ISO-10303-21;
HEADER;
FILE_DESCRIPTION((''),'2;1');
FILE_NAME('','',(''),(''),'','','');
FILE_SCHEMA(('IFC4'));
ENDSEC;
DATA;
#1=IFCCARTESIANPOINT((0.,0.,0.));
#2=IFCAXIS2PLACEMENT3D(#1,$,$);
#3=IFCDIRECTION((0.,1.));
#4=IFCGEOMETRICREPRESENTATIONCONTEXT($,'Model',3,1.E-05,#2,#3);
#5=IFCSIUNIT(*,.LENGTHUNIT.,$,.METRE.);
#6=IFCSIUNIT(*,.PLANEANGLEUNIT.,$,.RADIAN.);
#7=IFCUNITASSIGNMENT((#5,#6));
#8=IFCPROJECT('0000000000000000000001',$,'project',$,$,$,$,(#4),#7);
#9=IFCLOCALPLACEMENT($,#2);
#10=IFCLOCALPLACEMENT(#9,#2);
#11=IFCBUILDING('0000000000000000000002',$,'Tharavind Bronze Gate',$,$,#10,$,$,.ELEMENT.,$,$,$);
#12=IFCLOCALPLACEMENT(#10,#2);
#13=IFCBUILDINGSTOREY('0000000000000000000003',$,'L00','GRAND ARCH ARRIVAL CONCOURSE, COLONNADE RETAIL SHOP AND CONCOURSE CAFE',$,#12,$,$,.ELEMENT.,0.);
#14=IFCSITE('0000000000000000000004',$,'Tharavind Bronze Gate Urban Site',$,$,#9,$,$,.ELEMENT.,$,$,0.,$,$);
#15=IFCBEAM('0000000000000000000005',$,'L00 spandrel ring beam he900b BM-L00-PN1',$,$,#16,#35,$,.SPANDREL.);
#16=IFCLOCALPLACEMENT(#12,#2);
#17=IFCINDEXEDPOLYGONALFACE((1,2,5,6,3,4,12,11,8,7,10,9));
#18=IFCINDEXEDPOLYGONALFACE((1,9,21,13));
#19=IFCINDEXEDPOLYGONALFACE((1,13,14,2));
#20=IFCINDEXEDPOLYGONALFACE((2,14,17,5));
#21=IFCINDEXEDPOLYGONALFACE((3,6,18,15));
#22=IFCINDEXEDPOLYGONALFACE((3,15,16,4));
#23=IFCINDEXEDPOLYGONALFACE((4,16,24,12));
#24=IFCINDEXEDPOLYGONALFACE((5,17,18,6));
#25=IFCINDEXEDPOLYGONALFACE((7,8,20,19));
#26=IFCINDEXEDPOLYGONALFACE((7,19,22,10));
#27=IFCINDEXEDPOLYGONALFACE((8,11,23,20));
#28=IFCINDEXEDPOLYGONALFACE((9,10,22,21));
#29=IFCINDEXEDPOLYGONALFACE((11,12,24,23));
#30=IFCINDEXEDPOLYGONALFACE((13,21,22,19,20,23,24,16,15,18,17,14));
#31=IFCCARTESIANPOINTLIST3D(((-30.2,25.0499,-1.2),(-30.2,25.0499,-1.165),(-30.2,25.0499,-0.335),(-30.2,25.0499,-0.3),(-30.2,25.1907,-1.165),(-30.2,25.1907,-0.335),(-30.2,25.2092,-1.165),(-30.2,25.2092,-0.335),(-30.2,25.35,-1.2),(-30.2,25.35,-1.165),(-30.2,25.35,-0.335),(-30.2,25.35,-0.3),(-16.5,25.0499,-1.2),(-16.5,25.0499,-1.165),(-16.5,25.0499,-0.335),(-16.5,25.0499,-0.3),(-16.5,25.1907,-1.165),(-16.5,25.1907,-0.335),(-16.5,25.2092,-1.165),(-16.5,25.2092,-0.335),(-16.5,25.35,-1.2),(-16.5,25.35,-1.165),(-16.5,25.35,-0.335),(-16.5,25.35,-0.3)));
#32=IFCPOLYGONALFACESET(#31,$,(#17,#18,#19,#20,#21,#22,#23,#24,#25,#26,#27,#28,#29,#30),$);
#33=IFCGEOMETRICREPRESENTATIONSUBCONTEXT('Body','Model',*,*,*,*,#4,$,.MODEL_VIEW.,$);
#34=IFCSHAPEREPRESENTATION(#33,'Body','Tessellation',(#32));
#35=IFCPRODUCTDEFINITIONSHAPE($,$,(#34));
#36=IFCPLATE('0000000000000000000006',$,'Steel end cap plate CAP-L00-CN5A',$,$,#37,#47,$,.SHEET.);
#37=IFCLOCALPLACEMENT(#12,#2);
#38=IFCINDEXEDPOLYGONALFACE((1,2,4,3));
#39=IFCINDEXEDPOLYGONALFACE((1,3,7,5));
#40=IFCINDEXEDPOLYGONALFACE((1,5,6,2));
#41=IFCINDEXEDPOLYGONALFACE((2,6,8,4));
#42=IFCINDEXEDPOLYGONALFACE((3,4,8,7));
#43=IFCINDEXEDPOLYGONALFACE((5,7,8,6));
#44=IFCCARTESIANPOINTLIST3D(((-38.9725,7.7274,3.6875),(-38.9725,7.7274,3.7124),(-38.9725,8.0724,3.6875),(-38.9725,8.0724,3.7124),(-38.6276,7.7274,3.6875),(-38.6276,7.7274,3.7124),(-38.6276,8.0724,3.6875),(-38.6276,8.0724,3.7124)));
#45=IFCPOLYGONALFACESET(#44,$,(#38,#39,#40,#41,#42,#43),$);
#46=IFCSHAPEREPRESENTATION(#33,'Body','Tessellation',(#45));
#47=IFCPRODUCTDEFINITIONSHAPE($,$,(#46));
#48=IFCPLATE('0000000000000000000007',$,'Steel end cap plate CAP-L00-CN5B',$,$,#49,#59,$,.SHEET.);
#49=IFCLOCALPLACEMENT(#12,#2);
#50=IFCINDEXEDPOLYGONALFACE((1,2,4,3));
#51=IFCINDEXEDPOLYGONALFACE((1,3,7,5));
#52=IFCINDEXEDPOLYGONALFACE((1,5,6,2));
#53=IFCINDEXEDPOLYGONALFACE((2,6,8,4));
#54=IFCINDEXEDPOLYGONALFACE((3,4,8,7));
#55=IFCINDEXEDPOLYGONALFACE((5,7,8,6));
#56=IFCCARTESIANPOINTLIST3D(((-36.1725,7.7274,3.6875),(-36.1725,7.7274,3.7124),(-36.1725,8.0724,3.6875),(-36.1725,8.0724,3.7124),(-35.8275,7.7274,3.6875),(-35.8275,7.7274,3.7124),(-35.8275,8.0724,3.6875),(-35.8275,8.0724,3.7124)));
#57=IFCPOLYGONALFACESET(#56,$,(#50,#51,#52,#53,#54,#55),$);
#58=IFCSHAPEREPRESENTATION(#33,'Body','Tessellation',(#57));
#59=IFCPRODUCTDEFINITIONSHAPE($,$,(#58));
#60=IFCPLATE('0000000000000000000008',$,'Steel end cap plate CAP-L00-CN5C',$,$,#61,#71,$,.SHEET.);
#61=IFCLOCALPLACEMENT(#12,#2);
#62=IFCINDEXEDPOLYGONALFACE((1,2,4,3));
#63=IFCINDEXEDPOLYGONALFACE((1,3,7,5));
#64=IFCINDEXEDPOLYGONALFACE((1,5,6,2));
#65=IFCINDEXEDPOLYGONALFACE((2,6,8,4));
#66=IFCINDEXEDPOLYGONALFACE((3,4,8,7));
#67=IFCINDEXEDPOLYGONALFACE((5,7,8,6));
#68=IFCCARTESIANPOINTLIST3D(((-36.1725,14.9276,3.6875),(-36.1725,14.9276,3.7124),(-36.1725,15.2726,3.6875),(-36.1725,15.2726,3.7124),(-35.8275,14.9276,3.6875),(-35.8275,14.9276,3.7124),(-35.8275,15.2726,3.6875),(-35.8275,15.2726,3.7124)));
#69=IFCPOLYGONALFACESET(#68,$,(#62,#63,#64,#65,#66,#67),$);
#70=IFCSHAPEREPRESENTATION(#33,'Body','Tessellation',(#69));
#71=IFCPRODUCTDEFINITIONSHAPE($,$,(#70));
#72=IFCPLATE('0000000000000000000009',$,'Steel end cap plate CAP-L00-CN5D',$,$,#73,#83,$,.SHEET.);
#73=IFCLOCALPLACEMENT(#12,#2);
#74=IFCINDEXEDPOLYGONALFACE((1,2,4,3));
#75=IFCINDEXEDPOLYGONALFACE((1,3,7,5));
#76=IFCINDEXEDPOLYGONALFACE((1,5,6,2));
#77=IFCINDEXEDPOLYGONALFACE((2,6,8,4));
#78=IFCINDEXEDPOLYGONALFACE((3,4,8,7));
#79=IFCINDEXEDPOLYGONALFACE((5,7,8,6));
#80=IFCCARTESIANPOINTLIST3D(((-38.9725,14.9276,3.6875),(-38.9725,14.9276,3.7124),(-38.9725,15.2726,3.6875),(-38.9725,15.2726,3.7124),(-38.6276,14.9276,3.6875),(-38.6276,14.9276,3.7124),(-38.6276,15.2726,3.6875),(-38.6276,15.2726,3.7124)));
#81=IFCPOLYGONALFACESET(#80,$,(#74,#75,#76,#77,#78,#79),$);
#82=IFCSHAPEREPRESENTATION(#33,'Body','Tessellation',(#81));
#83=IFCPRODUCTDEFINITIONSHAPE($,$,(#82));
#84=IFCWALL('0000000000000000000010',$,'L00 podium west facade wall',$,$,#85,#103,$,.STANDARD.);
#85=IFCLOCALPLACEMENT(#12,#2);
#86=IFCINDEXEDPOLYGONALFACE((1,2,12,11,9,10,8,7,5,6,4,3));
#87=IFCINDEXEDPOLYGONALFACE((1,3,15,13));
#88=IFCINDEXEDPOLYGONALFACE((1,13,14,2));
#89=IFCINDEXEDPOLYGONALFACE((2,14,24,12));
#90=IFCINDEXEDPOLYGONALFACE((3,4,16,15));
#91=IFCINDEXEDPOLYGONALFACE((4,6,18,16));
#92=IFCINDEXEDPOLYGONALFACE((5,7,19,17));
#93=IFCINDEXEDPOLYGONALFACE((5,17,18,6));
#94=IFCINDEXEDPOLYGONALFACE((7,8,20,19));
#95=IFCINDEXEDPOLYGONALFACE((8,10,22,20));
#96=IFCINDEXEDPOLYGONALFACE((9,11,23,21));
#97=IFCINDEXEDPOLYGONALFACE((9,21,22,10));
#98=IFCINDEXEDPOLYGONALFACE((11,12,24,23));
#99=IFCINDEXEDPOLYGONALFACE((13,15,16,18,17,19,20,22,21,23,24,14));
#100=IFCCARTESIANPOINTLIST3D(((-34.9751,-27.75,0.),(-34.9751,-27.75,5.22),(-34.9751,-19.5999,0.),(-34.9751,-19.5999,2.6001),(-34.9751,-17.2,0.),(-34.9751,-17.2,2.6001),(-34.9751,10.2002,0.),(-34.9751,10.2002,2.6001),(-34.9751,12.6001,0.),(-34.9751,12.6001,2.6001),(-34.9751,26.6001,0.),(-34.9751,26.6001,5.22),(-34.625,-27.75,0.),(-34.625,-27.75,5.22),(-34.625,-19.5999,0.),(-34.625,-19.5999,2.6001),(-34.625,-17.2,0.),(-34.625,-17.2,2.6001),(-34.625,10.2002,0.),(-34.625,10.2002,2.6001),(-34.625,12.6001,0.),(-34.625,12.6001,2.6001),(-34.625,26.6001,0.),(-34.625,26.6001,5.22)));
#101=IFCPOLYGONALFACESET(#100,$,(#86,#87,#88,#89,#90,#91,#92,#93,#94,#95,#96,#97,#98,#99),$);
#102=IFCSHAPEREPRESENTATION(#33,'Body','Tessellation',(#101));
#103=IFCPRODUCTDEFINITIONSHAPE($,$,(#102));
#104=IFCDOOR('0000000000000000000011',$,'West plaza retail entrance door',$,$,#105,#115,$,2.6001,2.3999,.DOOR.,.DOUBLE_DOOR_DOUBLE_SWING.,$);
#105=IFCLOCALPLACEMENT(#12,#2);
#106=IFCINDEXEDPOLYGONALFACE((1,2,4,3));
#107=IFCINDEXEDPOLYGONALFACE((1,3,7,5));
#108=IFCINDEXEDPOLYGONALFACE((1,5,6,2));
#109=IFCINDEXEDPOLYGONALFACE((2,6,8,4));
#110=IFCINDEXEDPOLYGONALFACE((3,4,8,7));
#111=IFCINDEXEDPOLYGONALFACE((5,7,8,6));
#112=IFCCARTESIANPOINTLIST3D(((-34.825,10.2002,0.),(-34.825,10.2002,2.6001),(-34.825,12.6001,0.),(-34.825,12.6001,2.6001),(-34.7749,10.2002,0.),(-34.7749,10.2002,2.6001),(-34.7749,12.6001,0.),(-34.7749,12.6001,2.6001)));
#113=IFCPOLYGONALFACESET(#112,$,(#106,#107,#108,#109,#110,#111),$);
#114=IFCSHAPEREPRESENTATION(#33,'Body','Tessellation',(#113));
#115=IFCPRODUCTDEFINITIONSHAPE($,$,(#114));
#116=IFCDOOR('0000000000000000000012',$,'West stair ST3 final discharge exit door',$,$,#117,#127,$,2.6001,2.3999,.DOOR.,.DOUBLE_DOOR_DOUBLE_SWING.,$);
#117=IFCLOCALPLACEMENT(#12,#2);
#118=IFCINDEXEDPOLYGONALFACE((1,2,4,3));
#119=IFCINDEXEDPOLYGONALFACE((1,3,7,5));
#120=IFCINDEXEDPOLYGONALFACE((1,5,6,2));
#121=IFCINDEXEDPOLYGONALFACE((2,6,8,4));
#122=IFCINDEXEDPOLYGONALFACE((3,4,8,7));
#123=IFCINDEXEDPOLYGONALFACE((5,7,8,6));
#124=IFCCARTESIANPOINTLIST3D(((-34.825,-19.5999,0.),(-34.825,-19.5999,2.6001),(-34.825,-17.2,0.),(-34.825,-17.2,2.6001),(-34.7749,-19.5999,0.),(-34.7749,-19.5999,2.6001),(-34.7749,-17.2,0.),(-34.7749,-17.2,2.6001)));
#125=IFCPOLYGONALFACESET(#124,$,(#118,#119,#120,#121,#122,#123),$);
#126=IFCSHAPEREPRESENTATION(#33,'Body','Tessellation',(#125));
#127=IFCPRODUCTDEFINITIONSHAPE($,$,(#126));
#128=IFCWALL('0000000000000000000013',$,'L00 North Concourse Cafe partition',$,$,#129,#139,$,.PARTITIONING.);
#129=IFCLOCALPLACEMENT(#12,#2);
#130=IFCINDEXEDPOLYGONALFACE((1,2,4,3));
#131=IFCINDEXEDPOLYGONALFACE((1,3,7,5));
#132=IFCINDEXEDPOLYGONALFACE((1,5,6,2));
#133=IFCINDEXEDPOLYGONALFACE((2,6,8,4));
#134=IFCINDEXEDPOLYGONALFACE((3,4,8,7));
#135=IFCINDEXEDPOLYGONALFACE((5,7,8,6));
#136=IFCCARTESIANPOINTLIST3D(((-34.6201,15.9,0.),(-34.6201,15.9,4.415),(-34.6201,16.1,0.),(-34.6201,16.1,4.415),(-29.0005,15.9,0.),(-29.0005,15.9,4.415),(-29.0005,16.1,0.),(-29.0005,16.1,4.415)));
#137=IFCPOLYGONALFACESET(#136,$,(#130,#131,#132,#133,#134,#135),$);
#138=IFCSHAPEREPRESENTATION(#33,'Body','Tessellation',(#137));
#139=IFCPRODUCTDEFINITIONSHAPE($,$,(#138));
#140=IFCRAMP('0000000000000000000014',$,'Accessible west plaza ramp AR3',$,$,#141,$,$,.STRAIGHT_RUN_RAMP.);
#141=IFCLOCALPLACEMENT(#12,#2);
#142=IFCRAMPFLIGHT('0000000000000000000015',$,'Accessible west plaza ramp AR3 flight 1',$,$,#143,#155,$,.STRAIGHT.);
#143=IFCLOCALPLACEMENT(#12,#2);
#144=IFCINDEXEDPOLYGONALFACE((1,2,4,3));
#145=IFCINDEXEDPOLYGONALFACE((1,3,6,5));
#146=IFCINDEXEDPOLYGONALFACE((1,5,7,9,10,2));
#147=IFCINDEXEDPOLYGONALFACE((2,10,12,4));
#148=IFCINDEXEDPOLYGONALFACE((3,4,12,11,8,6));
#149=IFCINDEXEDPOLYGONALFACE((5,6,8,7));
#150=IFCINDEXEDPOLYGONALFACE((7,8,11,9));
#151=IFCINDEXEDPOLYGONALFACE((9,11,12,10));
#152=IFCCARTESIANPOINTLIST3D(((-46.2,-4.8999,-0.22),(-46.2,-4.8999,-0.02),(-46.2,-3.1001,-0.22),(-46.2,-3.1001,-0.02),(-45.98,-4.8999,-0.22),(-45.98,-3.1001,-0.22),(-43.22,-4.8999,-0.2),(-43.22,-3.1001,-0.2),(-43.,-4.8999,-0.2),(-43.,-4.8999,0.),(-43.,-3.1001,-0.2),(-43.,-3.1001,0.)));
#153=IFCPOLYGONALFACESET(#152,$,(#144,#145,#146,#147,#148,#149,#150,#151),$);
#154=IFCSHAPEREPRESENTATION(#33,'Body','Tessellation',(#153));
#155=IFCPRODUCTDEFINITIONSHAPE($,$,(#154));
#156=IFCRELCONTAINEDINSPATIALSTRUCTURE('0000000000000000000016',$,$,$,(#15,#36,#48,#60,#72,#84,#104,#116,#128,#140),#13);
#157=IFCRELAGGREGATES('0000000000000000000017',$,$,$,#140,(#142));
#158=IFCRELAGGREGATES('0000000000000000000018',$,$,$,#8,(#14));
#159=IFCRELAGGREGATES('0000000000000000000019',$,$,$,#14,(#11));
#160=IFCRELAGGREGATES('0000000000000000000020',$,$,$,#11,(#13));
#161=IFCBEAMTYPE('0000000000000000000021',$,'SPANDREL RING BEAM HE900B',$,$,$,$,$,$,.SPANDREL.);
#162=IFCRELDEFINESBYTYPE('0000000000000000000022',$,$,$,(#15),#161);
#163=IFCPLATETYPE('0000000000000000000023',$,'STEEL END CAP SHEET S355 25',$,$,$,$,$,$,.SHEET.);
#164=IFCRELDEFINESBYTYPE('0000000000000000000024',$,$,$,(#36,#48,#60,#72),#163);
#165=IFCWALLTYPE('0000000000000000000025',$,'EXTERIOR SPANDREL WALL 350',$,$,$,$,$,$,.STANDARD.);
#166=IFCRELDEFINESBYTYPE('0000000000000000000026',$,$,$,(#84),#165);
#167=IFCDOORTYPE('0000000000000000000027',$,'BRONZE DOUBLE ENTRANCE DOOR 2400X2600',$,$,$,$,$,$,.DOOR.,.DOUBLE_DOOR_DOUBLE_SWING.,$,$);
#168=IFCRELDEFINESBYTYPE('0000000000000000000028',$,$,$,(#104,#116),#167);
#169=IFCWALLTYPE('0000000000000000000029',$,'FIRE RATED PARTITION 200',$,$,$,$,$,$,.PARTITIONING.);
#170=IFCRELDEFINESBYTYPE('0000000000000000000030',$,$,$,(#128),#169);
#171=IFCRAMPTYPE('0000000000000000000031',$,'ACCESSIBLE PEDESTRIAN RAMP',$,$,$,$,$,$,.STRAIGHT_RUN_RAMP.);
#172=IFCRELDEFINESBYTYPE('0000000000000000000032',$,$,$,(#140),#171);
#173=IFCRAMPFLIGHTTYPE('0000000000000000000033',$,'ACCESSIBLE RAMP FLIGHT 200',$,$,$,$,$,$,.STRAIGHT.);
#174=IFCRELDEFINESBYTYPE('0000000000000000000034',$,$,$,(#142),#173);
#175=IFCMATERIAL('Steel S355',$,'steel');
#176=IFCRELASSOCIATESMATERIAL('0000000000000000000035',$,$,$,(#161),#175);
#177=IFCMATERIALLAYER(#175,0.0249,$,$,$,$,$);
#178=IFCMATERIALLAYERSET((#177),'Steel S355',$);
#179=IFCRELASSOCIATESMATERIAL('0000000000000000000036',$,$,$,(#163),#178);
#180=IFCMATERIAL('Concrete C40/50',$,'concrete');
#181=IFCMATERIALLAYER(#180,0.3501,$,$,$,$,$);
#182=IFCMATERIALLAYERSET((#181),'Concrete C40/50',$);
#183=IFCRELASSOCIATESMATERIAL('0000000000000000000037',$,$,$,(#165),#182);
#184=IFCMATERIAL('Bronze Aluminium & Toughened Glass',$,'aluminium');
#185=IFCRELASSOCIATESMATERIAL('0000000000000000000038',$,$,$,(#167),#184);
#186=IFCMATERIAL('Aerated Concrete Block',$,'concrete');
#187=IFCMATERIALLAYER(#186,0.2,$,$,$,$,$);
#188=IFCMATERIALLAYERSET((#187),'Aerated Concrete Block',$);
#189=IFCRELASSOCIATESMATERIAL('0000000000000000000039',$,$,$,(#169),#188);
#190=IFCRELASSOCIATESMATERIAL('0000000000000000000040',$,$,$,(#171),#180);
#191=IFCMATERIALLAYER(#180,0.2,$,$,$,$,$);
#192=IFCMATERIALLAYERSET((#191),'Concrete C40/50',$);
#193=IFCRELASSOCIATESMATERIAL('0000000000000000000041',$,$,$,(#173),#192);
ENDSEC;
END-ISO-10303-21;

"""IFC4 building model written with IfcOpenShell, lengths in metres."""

from ifc_helpers import new_model, si_unit, direction, frame, frame_2d, origin, origin_2d, place, context, subcontext, project, spatial, polyline, rectangle, i_section, outline, extrude, material, layer, layer_set, material_profile, profile_set, type_object, element, fill, aggregate, save


model = new_model("IFC4")

# Units and contexts
model_context = context("Model", 3, precision=1e-05, world=origin(), true_north=direction((0.0, 1.0)))
body_context = subcontext(model_context, "Body", "Model", "MODEL_VIEW")
ifc_project = project(units=[si_unit("LENGTHUNIT", "METRE"), si_unit("PLANEANGLEUNIT", "RADIAN")], contexts=[model_context])

# Site, building, storey
site_placement = place(None, origin())
site = spatial("IfcSite", under=ifc_project, at=site_placement, Name="Tharavind Bronze Gate Urban Site", CompositionType="ELEMENT", RefElevation=0.0)
building_placement = place(site_placement, origin())
building = spatial("IfcBuilding", under=site, at=building_placement, Name="Tharavind Bronze Gate", CompositionType="ELEMENT")
storey_placement = place(building_placement, origin())
storey = spatial("IfcBuildingStorey", under=building, at=storey_placement, Name="L00", Description="GRAND ARCH ARRIVAL CONCOURSE, COLONNADE RETAIL SHOP AND CONCOURSE CAFE", CompositionType="ELEMENT", Elevation=0.0)

# Shared definitions
ifc_material_1 = material(Name="Steel S355", Category="steel")

# Beam
ifc_material_profile_1 = material_profile(ifc_material_1, i_section(OverallWidth=0.3, OverallDepth=0.8999, WebThickness=0.0186, FlangeThickness=0.0349, at=origin_2d()), Name="HE900B")
ifc_profile_set_1 = profile_set([ifc_material_profile_1], Name="Steel S355")
beam_type_1 = type_object("IfcBeamType", Name="SPANDREL RING BEAM HE900B", PredefinedType="SPANDREL", material=ifc_profile_set_1)
beam_1_placement = place(storey_placement, frame((-30.2, 25.2, -0.75), z_axis=(1.0, 0.0, 0.0), x_axis=(0.0, 1.0, 0.0)))
element("IfcBeam", 1, at=beam_1_placement, inside=storey, type_object=beam_type_1, Name="L00 spandrel ring beam he900b BM-L00-PN1", PredefinedType="SPANDREL", context=body_context, shape_type="SweptSolid", body=[
    extrude(i_section(OverallWidth=0.3, OverallDepth=0.8999, WebThickness=0.0186, FlangeThickness=0.0349, at=origin_2d()), origin(), (0.0, 0.0, 1.0), 13.7),
])

# Plates
ifc_layer_1 = layer(ifc_material_1, 0.0249)
ifc_layer_set_1 = layer_set([ifc_layer_1], Name="Steel S355")
plate_type = type_object("IfcPlateType", Name="STEEL END CAP SHEET S355 25", PredefinedType="SHEET", material=ifc_layer_set_1)
for number, where, z_axis, x_axis, name in (
    (2, (-38.8, 7.8999, 3.6875), (0.0, 0.0, 1.0), (1.0, 0.0, 0.0), "Steel end cap plate CAP-L00-CN5A"),
    (3, (-36.0, 7.8999, 3.6875), (0.0, 0.0, 1.0), (1.0, 0.0, 0.0), "Steel end cap plate CAP-L00-CN5B"),
    (4, (-36.0, 15.1001, 3.6875), (0.0, 0.0, 1.0), (1.0, 0.0, 0.0), "Steel end cap plate CAP-L00-CN5C"),
    (5, (-38.8, 15.1001, 3.6875), (0.0, 0.0, 1.0), (1.0, 0.0, 0.0), "Steel end cap plate CAP-L00-CN5D"),
):
    element("IfcPlate", number, at=place(storey_placement, frame(where, z_axis=z_axis, x_axis=x_axis)), inside=storey, type_object=plate_type, Name=name, PredefinedType="SHEET", context=body_context, shape_type="SweptSolid", body=[
        extrude(rectangle(XDim=0.345, YDim=0.345, at=origin_2d()), origin(), (0.0, 0.0, 1.0), 0.0249),
    ])

# Wall, openings, doors
ifc_material_2 = material(Name="Concrete C40/50", Category="concrete")
ifc_layer_2 = layer(ifc_material_2, 0.3501)
ifc_layer_set_2 = layer_set([ifc_layer_2], Name="Concrete C40/50")
wall_type_1 = type_object("IfcWallType", Name="EXTERIOR SPANDREL WALL 350", PredefinedType="STANDARD", material=ifc_layer_set_2)
wall_1_placement = place(storey_placement, frame((-34.8, 26.6001, 0.0), z_axis=(0.0, 0.0, 1.0), x_axis=(0.0, -1.0, 0.0)))
wall_1 = element("IfcWall", 6, at=wall_1_placement, inside=storey, type_object=wall_type_1, Name="L00 podium west facade wall", PredefinedType="STANDARD", context=body_context, shape_type="SweptSolid", body=[
    extrude(rectangle(XDim=54.3501, YDim=0.3501, at=frame_2d((27.175, 0.0))), origin(), (0.0, 0.0, 1.0), 5.22),
])
opening_1_placement = place(wall_1_placement, frame((14.0, 0.0, 0.0)))
opening_1 = element("IfcOpeningElement", 7, at=opening_1_placement, cuts=wall_1, PredefinedType="OPENING", context=body_context, shape_type="SweptSolid", body=[
    extrude(rectangle(XDim=2.3999, YDim=2.6001, at=frame_2d((1.2, 1.3))), frame((0.0, 0.185, 0.0), z_axis=(0.0, -1.0, 0.0), x_axis=(1.0, 0.0, 0.0)), (0.0, 0.0, 1.0), 0.3701),
])
opening_2_placement = place(wall_1_placement, frame((43.8, 0.0, 0.0)))
opening_2 = element("IfcOpeningElement", 8, at=opening_2_placement, cuts=wall_1, PredefinedType="OPENING", context=body_context, shape_type="SweptSolid", body=[
    extrude(rectangle(XDim=2.3999, YDim=2.6001, at=frame_2d((1.2, 1.3))), frame((0.0, 0.185, 0.0), z_axis=(0.0, -1.0, 0.0), x_axis=(1.0, 0.0, 0.0)), (0.0, 0.0, 1.0), 0.3701),
])
ifc_material_3 = material(Name="Bronze Aluminium & Toughened Glass", Category="aluminium")
door_type = type_object("IfcDoorType", Name="BRONZE DOUBLE ENTRANCE DOOR 2400X2600", OperationType="DOUBLE_DOOR_DOUBLE_SWING", PredefinedType="DOOR", material=ifc_material_3)
door_1_placement = place(opening_1_placement, frame((2.3999, 0.0, 0.0), z_axis=(0.0, 0.0, 1.0), x_axis=(-1.0, 0.0, 0.0)))
door_1 = element("IfcDoor", 9, at=door_1_placement, inside=storey, type_object=door_type, Name="West plaza retail entrance door", OperationType="DOUBLE_DOOR_DOUBLE_SWING", OverallHeight=2.6001, OverallWidth=2.3999, PredefinedType="DOOR", context=body_context, shape_type="SweptSolid", body=[
    extrude(rectangle(XDim=2.3999, YDim=2.6001, at=frame_2d((1.2, 1.3))), frame((0.0, 0.0249, 0.0), z_axis=(0.0, -1.0, 0.0), x_axis=(1.0, 0.0, 0.0)), (0.0, 0.0, 1.0), 0.05),
])
fill(opening_1, door_1)
door_2_placement = place(opening_2_placement, frame((2.3999, 0.0, 0.0), z_axis=(0.0, 0.0, 1.0), x_axis=(-1.0, 0.0, 0.0)))
door_2 = element("IfcDoor", 10, at=door_2_placement, inside=storey, type_object=door_type, Name="West stair ST3 final discharge exit door", OperationType="DOUBLE_DOOR_DOUBLE_SWING", OverallHeight=2.6001, OverallWidth=2.3999, PredefinedType="DOOR", context=body_context, shape_type="SweptSolid", body=[
    extrude(rectangle(XDim=2.3999, YDim=2.6001, at=frame_2d((1.2, 1.3))), frame((0.0, 0.0249, 0.0), z_axis=(0.0, -1.0, 0.0), x_axis=(1.0, 0.0, 0.0)), (0.0, 0.0, 1.0), 0.05),
])
fill(opening_2, door_2)

# Wall
ifc_material_4 = material(Name="Aerated Concrete Block", Category="concrete")
ifc_layer_3 = layer(ifc_material_4, 0.2)
ifc_layer_set_3 = layer_set([ifc_layer_3], Name="Aerated Concrete Block")
wall_type_2 = type_object("IfcWallType", Name="FIRE RATED PARTITION 200", PredefinedType="PARTITIONING", material=ifc_layer_set_3)
wall_2_placement = place(storey_placement, frame((-29.0005, 16.0, 0.0), z_axis=(0.0, 0.0, 1.0), x_axis=(-1.0, 0.0, 0.0)))
element("IfcWall", 11, at=wall_2_placement, inside=storey, type_object=wall_type_2, Name="L00 North Concourse Cafe partition", PredefinedType="PARTITIONING", context=body_context, shape_type="SweptSolid", body=[
    extrude(rectangle(XDim=5.6196, YDim=0.2, at=frame_2d((2.8098, 0.0))), origin(), (0.0, 0.0, 1.0), 4.415),
])

# Ramp, ramp flight
ramp_type = type_object("IfcRampType", Name="ACCESSIBLE PEDESTRIAN RAMP", PredefinedType="STRAIGHT_RUN_RAMP", material=ifc_material_2)
ramp_placement = place(storey_placement, origin())
ramp = element("IfcRamp", 12, at=ramp_placement, inside=storey, type_object=ramp_type, Name="Accessible west plaza ramp AR3", PredefinedType="STRAIGHT_RUN_RAMP")
ifc_layer_4 = layer(ifc_material_2, 0.2)
ifc_layer_set_4 = layer_set([ifc_layer_4], Name="Concrete C40/50")
ramp_flight_type = type_object("IfcRampFlightType", Name="ACCESSIBLE RAMP FLIGHT 200", PredefinedType="STRAIGHT", material=ifc_layer_set_4)
ramp_flight_placement = place(storey_placement, frame((-46.2, -4.0, -0.22), z_axis=(0.0, 0.0, 1.0), x_axis=(1.0, 0.0, 0.0)))
ramp_flight = element("IfcRampFlight", 13, at=ramp_flight_placement, type_object=ramp_flight_type, Name="Accessible west plaza ramp AR3 flight 1", PredefinedType="STRAIGHT", context=body_context, shape_type="SweptSolid", body=[
    extrude(outline(polyline([(0.0, 0.0), (0.22, 0.0), (2.98, 0.02), (3.2, 0.02), (3.2, 0.22), (0.0, 0.2), (0.0, 0.0)])), frame((0.0, 0.8999, 0.0), z_axis=(0.0, -1.0, 0.0), x_axis=(1.0, 0.0, 0.0)), (0.0, 0.0, 1.0), 1.7998),
])
aggregate(ramp, [ramp_flight])

save(model, "model.ifc")
